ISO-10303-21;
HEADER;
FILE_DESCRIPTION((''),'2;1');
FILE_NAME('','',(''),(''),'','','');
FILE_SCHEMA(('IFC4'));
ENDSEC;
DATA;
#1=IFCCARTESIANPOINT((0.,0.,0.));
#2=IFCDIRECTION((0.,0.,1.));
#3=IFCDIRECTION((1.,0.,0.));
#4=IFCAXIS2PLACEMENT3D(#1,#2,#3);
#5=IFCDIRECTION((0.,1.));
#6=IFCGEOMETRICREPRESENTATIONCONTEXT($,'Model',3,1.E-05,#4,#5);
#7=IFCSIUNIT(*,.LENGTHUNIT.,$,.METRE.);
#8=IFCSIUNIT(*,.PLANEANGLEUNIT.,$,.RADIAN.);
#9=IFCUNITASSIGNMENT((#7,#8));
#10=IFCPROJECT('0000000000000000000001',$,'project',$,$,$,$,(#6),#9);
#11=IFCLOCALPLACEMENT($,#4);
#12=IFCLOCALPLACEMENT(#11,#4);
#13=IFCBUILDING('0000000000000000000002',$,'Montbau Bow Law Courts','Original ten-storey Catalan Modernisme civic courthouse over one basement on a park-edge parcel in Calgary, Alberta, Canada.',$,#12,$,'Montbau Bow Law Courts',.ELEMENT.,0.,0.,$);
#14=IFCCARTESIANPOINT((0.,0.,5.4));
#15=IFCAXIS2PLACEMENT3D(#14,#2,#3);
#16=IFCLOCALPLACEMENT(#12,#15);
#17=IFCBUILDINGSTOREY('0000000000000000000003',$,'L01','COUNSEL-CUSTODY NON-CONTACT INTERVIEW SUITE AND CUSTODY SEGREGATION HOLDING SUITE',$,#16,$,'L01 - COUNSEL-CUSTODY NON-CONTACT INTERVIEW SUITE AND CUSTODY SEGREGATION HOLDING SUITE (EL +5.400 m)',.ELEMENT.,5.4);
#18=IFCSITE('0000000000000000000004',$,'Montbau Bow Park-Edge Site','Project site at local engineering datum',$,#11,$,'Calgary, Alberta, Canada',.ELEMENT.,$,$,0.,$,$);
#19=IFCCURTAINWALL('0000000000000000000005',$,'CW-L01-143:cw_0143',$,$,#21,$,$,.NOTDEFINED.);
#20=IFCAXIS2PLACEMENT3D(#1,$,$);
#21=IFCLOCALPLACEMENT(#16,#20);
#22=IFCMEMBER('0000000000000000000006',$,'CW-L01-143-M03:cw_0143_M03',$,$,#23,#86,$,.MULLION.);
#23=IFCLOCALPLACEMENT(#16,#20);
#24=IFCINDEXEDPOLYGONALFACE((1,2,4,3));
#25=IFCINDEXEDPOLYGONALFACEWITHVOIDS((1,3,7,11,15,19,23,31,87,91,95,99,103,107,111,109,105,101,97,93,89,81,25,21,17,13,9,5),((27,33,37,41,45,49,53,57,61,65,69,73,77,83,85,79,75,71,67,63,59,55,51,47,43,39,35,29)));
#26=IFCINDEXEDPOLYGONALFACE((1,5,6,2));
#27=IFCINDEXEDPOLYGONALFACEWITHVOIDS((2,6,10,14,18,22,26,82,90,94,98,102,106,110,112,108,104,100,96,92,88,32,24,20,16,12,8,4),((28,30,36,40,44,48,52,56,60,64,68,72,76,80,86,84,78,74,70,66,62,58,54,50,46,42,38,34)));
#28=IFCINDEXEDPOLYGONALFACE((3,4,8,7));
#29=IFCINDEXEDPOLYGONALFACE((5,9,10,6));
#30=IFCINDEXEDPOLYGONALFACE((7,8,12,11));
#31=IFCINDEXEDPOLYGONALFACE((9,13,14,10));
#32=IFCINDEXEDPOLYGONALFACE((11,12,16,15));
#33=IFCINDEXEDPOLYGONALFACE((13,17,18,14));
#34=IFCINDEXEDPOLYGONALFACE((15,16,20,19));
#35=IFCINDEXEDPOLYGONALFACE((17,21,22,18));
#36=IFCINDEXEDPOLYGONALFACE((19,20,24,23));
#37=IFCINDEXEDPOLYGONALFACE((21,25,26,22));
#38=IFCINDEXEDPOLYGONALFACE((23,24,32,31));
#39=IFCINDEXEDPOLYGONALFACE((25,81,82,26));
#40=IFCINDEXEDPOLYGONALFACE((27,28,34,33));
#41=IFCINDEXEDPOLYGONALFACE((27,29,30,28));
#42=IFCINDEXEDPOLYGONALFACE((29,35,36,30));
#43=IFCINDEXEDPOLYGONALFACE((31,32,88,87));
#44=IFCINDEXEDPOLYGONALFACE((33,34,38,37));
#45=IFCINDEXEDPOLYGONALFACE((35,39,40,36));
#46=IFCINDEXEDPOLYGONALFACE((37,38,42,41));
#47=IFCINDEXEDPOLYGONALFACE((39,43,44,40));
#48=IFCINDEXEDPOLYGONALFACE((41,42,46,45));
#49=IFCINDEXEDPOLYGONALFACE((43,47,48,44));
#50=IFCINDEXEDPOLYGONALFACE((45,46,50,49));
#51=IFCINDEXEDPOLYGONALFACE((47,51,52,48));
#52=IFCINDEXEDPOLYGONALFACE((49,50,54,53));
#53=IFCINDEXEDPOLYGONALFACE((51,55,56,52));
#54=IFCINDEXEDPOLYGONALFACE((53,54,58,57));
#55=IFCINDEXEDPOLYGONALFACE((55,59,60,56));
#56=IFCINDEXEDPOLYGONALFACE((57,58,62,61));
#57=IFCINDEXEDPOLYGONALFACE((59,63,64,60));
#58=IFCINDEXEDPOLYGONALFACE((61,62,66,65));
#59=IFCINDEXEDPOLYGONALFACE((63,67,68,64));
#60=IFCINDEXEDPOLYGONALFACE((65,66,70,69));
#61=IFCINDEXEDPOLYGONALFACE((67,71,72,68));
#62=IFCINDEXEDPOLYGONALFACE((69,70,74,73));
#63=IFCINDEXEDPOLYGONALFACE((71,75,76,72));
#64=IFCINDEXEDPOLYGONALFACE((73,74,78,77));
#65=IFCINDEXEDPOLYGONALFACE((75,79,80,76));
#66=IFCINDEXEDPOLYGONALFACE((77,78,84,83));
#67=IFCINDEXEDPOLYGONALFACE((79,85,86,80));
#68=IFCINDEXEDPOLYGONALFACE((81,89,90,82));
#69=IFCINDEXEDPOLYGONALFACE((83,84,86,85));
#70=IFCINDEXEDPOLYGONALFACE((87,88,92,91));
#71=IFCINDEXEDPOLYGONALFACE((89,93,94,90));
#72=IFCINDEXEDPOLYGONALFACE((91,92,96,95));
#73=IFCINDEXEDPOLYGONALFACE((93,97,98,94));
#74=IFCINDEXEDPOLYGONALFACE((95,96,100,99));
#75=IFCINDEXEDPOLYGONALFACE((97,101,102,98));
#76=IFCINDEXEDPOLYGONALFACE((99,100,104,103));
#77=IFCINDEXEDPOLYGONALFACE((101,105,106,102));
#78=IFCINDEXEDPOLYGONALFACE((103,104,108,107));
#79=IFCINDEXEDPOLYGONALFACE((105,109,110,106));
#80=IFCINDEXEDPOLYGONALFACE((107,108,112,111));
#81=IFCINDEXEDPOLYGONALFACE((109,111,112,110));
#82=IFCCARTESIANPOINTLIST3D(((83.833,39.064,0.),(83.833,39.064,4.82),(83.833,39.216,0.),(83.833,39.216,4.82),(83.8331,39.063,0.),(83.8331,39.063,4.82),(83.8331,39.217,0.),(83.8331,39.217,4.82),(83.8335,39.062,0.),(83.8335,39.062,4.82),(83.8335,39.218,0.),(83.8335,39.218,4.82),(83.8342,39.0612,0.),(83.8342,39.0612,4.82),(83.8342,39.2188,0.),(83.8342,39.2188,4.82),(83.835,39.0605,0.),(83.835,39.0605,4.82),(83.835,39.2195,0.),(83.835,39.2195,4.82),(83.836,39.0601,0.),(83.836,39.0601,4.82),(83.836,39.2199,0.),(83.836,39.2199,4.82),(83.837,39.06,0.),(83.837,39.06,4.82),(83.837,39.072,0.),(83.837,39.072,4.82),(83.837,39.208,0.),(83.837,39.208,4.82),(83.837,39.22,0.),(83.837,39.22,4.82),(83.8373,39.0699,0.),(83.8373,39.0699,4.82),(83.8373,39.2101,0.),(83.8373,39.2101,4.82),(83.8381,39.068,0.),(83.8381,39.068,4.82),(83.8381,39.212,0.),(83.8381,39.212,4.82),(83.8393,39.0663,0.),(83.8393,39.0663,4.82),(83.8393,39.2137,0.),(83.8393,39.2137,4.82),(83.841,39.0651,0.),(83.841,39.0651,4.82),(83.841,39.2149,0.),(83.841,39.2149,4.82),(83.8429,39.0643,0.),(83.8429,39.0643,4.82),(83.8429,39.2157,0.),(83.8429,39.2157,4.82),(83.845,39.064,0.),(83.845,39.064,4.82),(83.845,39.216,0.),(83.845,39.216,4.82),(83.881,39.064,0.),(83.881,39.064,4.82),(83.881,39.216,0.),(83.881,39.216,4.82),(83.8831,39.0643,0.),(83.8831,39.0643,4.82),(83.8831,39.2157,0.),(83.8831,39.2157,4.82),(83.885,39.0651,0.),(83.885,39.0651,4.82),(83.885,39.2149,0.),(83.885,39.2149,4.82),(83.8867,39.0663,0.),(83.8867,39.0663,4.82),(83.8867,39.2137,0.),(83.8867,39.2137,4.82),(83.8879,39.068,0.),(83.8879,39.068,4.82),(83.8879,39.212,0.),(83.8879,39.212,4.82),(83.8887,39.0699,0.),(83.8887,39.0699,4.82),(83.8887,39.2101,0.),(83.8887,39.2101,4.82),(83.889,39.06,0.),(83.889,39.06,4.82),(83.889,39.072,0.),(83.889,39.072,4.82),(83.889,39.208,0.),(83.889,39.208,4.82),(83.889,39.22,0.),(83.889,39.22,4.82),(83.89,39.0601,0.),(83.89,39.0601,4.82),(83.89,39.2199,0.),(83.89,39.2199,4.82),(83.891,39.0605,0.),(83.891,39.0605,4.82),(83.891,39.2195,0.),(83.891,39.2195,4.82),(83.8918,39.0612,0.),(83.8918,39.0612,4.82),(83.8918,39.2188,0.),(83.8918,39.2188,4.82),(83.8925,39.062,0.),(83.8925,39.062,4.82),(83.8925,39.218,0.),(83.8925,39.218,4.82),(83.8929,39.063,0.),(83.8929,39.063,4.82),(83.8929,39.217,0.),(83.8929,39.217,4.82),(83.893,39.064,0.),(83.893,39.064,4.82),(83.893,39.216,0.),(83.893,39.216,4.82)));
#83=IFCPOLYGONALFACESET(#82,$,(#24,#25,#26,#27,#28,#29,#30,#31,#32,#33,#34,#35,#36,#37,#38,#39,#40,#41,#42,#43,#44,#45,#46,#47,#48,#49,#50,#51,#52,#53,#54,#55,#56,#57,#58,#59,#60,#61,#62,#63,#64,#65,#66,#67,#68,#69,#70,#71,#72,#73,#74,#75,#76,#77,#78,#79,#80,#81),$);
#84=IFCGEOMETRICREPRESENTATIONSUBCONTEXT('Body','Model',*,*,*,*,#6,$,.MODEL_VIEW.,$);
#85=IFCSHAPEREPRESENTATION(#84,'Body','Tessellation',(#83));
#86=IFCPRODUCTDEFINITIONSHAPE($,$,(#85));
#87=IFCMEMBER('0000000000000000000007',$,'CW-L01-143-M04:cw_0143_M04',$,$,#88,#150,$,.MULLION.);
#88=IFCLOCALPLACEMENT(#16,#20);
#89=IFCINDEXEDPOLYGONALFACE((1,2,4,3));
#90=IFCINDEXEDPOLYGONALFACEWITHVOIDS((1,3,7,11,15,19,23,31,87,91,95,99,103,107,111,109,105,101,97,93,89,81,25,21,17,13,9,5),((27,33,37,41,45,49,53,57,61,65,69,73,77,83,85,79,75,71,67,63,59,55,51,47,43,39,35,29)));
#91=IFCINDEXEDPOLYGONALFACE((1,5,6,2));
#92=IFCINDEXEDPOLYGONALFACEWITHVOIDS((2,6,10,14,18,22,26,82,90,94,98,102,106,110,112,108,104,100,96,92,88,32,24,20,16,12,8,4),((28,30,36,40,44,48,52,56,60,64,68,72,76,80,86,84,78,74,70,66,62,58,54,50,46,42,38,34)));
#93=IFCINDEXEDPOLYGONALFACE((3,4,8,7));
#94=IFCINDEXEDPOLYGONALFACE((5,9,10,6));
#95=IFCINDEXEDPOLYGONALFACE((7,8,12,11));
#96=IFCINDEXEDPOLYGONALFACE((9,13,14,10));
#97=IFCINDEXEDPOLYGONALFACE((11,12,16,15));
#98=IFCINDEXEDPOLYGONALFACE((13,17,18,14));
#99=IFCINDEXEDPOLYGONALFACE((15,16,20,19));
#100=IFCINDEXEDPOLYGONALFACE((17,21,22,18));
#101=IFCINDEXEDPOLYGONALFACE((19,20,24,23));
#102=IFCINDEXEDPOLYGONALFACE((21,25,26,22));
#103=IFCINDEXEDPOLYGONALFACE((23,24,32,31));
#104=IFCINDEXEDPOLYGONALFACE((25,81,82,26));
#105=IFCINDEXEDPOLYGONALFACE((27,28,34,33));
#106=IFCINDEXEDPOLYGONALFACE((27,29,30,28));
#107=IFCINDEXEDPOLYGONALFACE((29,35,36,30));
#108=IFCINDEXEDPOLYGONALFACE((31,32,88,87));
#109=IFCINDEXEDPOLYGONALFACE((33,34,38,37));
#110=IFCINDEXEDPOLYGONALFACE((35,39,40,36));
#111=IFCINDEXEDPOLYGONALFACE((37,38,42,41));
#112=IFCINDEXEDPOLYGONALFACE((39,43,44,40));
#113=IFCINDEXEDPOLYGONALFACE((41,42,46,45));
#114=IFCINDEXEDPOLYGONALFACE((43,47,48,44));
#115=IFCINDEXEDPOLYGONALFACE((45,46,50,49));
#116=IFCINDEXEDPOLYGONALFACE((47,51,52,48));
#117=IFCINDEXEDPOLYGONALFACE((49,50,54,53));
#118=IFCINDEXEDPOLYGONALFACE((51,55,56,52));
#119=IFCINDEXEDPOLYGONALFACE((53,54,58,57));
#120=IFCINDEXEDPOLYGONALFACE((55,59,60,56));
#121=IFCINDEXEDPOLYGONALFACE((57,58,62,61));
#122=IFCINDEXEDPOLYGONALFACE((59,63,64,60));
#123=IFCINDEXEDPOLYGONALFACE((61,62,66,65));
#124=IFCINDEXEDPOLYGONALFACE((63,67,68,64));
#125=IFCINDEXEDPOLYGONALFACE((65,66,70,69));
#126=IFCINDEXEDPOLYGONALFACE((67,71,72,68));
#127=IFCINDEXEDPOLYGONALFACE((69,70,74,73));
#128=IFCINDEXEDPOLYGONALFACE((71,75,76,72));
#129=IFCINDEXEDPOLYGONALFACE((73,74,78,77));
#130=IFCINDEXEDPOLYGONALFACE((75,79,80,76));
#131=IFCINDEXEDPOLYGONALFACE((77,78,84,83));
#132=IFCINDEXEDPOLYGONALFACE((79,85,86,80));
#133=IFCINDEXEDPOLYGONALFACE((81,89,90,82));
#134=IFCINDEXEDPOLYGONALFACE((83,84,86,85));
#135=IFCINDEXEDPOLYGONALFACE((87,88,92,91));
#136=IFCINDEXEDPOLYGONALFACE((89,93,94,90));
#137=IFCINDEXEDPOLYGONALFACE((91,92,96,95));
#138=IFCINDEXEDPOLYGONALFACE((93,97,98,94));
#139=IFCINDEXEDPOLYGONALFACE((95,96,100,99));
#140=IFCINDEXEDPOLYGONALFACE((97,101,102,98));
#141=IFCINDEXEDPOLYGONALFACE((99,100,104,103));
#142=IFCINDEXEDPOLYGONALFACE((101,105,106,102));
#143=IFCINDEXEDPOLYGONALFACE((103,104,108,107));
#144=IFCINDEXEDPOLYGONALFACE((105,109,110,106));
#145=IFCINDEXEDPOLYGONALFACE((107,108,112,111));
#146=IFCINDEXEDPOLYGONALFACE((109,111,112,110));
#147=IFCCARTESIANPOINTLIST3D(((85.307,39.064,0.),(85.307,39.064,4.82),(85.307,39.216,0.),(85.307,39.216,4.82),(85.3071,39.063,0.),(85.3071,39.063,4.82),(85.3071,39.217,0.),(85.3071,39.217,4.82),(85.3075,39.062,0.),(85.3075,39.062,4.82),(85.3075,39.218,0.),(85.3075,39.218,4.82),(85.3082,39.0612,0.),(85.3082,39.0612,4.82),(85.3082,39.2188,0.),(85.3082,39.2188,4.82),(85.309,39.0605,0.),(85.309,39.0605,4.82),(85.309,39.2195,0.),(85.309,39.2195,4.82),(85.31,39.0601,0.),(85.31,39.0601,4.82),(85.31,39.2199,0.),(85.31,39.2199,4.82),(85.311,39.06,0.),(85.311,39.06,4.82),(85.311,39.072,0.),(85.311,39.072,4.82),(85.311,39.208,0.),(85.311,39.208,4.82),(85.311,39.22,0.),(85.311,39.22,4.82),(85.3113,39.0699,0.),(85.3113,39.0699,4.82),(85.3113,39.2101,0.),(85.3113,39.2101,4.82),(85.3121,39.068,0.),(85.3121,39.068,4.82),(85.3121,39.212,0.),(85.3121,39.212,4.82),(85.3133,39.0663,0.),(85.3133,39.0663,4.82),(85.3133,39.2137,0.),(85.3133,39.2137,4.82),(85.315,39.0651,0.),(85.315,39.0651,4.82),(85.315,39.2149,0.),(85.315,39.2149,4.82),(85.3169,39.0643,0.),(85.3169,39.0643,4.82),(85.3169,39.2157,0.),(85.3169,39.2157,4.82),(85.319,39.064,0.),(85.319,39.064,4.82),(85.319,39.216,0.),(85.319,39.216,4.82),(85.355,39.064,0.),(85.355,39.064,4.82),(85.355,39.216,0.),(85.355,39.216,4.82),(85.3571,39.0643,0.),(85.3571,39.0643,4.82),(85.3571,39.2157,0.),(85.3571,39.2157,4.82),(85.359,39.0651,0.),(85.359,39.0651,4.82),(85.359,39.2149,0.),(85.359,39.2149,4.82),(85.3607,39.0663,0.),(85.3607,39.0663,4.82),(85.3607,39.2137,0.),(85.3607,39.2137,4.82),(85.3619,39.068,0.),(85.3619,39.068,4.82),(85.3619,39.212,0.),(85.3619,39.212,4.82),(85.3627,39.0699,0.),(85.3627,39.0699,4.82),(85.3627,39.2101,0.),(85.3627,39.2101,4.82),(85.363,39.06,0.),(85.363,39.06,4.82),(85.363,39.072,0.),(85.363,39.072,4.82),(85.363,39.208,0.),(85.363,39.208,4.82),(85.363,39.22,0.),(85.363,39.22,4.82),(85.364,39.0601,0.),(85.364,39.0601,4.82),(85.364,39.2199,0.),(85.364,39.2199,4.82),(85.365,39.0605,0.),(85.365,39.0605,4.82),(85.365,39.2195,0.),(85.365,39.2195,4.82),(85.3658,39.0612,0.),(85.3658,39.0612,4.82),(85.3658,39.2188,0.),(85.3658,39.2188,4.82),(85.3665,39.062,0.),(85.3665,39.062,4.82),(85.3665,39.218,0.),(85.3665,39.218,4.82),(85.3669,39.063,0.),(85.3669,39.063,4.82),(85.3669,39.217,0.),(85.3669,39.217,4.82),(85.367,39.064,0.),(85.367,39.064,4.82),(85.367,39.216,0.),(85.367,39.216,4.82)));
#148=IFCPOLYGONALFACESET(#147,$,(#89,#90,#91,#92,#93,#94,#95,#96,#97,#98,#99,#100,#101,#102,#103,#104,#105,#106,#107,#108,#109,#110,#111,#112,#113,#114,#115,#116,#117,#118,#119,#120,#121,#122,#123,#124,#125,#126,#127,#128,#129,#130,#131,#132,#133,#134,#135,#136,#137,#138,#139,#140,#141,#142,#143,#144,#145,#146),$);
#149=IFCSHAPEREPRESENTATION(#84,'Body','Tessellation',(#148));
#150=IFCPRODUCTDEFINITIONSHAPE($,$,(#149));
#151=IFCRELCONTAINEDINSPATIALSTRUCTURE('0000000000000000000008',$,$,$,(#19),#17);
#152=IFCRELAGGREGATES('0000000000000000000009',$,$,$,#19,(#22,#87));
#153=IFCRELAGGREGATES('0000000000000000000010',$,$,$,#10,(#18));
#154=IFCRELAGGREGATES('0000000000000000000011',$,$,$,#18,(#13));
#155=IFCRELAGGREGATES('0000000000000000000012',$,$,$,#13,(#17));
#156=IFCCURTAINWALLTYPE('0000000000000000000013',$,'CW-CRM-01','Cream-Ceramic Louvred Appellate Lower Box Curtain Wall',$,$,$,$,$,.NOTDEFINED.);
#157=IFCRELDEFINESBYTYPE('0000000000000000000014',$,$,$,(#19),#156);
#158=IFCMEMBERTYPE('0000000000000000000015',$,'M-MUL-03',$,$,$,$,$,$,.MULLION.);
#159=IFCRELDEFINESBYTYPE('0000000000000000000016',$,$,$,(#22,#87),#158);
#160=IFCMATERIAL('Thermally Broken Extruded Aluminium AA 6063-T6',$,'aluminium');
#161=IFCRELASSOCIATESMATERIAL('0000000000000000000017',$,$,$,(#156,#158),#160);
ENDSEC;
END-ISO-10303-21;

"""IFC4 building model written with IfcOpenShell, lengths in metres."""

from ifc_helpers import new_model, si_unit, direction, frame, origin_with_axes, origin_2d_with_axis, place, context, subcontext, project, spatial, hollow_rectangle, extrude, material, material_profile, profile_set, type_object, element, aggregate, save


model = new_model("IFC4")

# Units and contexts
model_context = context("Model", 3, precision=1e-05, world=origin_with_axes(), true_north=direction((0.0, 1.0)))
body_context = subcontext(model_context, "Body", "Model", "MODEL_VIEW")
ifc_project = project(units=[si_unit("LENGTHUNIT", "METRE"), si_unit("PLANEANGLEUNIT", "RADIAN")], contexts=[model_context])

# Site, building, storey
site_placement = place(None, origin_with_axes())
site = spatial("IfcSite", under=ifc_project, at=site_placement, Name="Montbau Bow Park-Edge Site", Description="Project site at local engineering datum", LongName="Calgary, Alberta, Canada", CompositionType="ELEMENT", RefElevation=0.0)
building_placement = place(site_placement, origin_with_axes())
building = spatial("IfcBuilding", under=site, at=building_placement, Name="Montbau Bow Law Courts", Description="Original ten-storey Catalan Modernisme civic courthouse over one basement on a park-edge parcel in Calgary, Alberta, Canada.", LongName="Montbau Bow Law Courts", CompositionType="ELEMENT", ElevationOfRefHeight=0.0, ElevationOfTerrain=0.0)
storey_placement = place(building_placement, frame((0.0, 0.0, 5.4), z_axis=(0.0, 0.0, 1.0), x_axis=(1.0, 0.0, 0.0)))
storey = spatial("IfcBuildingStorey", under=building, at=storey_placement, Name="L01", Description="COUNSEL-CUSTODY NON-CONTACT INTERVIEW SUITE AND CUSTODY SEGREGATION HOLDING SUITE", LongName="L01 - COUNSEL-CUSTODY NON-CONTACT INTERVIEW SUITE AND CUSTODY SEGREGATION HOLDING SUITE (EL +5.400 m)", CompositionType="ELEMENT", Elevation=5.4)

# Curtain wall, members
ifc_material_1 = material(Name="Thermally Broken Extruded Aluminium AA 6063-T6", Category="aluminium")
curtain_wall_type = type_object("IfcCurtainWallType", Name="CW-CRM-01", Description="Cream-Ceramic Louvred Appellate Lower Box Curtain Wall", PredefinedType="NOTDEFINED", material=ifc_material_1)
curtain_wall_placement = place(None, frame((80.915, 39.14, 5.4), z_axis=(0.0, 0.0, 1.0), x_axis=(1.0, 0.0, 0.0)))
curtain_wall = element("IfcCurtainWall", 1, at=curtain_wall_placement, inside=storey, type_object=curtain_wall_type, Name="CW-L01-143:cw_0143", PredefinedType="NOTDEFINED")
ifc_material_profile_1 = material_profile(ifc_material_1, hollow_rectangle(XDim=0.06, YDim=0.16, WallThickness=0.004, InnerFilletRadius=0.008, OuterFilletRadius=0.004, at=origin_2d_with_axis()), Name="CWM-160X60", Category="Main", Priority=0)
ifc_profile_set_1 = profile_set([ifc_material_profile_1], Name="Thermally Broken Extruded Aluminium AA 6063-T6")
member_type_1 = type_object("IfcMemberType", Name="M-MUL-03", PredefinedType="MULLION", material=ifc_profile_set_1)
member_1_placement = place(None, frame((83.863, 39.14, 5.4), z_axis=(0.0, 0.0, 1.0), x_axis=(1.0, 0.0, 0.0)))
member_1 = element("IfcMember", 2, at=member_1_placement, type_object=member_type_1, Name="CW-L01-143-M03:cw_0143_M03", PredefinedType="MULLION", context=body_context, shape_type="SweptSolid", body=[
    extrude(hollow_rectangle(XDim=0.06, YDim=0.16, WallThickness=0.004, InnerFilletRadius=0.008, OuterFilletRadius=0.004, at=origin_2d_with_axis()), origin_with_axes(), (0.0, 0.0, 1.0), 4.82),
])
member_2_placement = place(None, frame((85.337, 39.14, 5.4), z_axis=(0.0, 0.0, 1.0), x_axis=(1.0, 0.0, 0.0)))
member_2 = element("IfcMember", 3, at=member_2_placement, type_object=member_type_1, Name="CW-L01-143-M04:cw_0143_M04", PredefinedType="MULLION", context=body_context, shape_type="SweptSolid", body=[
    extrude(hollow_rectangle(XDim=0.06, YDim=0.16, WallThickness=0.004, InnerFilletRadius=0.008, OuterFilletRadius=0.004, at=origin_2d_with_axis()), origin_with_axes(), (0.0, 0.0, 1.0), 4.82),
])
aggregate(curtain_wall, [member_1, member_2])

save(model, "model.ifc")
